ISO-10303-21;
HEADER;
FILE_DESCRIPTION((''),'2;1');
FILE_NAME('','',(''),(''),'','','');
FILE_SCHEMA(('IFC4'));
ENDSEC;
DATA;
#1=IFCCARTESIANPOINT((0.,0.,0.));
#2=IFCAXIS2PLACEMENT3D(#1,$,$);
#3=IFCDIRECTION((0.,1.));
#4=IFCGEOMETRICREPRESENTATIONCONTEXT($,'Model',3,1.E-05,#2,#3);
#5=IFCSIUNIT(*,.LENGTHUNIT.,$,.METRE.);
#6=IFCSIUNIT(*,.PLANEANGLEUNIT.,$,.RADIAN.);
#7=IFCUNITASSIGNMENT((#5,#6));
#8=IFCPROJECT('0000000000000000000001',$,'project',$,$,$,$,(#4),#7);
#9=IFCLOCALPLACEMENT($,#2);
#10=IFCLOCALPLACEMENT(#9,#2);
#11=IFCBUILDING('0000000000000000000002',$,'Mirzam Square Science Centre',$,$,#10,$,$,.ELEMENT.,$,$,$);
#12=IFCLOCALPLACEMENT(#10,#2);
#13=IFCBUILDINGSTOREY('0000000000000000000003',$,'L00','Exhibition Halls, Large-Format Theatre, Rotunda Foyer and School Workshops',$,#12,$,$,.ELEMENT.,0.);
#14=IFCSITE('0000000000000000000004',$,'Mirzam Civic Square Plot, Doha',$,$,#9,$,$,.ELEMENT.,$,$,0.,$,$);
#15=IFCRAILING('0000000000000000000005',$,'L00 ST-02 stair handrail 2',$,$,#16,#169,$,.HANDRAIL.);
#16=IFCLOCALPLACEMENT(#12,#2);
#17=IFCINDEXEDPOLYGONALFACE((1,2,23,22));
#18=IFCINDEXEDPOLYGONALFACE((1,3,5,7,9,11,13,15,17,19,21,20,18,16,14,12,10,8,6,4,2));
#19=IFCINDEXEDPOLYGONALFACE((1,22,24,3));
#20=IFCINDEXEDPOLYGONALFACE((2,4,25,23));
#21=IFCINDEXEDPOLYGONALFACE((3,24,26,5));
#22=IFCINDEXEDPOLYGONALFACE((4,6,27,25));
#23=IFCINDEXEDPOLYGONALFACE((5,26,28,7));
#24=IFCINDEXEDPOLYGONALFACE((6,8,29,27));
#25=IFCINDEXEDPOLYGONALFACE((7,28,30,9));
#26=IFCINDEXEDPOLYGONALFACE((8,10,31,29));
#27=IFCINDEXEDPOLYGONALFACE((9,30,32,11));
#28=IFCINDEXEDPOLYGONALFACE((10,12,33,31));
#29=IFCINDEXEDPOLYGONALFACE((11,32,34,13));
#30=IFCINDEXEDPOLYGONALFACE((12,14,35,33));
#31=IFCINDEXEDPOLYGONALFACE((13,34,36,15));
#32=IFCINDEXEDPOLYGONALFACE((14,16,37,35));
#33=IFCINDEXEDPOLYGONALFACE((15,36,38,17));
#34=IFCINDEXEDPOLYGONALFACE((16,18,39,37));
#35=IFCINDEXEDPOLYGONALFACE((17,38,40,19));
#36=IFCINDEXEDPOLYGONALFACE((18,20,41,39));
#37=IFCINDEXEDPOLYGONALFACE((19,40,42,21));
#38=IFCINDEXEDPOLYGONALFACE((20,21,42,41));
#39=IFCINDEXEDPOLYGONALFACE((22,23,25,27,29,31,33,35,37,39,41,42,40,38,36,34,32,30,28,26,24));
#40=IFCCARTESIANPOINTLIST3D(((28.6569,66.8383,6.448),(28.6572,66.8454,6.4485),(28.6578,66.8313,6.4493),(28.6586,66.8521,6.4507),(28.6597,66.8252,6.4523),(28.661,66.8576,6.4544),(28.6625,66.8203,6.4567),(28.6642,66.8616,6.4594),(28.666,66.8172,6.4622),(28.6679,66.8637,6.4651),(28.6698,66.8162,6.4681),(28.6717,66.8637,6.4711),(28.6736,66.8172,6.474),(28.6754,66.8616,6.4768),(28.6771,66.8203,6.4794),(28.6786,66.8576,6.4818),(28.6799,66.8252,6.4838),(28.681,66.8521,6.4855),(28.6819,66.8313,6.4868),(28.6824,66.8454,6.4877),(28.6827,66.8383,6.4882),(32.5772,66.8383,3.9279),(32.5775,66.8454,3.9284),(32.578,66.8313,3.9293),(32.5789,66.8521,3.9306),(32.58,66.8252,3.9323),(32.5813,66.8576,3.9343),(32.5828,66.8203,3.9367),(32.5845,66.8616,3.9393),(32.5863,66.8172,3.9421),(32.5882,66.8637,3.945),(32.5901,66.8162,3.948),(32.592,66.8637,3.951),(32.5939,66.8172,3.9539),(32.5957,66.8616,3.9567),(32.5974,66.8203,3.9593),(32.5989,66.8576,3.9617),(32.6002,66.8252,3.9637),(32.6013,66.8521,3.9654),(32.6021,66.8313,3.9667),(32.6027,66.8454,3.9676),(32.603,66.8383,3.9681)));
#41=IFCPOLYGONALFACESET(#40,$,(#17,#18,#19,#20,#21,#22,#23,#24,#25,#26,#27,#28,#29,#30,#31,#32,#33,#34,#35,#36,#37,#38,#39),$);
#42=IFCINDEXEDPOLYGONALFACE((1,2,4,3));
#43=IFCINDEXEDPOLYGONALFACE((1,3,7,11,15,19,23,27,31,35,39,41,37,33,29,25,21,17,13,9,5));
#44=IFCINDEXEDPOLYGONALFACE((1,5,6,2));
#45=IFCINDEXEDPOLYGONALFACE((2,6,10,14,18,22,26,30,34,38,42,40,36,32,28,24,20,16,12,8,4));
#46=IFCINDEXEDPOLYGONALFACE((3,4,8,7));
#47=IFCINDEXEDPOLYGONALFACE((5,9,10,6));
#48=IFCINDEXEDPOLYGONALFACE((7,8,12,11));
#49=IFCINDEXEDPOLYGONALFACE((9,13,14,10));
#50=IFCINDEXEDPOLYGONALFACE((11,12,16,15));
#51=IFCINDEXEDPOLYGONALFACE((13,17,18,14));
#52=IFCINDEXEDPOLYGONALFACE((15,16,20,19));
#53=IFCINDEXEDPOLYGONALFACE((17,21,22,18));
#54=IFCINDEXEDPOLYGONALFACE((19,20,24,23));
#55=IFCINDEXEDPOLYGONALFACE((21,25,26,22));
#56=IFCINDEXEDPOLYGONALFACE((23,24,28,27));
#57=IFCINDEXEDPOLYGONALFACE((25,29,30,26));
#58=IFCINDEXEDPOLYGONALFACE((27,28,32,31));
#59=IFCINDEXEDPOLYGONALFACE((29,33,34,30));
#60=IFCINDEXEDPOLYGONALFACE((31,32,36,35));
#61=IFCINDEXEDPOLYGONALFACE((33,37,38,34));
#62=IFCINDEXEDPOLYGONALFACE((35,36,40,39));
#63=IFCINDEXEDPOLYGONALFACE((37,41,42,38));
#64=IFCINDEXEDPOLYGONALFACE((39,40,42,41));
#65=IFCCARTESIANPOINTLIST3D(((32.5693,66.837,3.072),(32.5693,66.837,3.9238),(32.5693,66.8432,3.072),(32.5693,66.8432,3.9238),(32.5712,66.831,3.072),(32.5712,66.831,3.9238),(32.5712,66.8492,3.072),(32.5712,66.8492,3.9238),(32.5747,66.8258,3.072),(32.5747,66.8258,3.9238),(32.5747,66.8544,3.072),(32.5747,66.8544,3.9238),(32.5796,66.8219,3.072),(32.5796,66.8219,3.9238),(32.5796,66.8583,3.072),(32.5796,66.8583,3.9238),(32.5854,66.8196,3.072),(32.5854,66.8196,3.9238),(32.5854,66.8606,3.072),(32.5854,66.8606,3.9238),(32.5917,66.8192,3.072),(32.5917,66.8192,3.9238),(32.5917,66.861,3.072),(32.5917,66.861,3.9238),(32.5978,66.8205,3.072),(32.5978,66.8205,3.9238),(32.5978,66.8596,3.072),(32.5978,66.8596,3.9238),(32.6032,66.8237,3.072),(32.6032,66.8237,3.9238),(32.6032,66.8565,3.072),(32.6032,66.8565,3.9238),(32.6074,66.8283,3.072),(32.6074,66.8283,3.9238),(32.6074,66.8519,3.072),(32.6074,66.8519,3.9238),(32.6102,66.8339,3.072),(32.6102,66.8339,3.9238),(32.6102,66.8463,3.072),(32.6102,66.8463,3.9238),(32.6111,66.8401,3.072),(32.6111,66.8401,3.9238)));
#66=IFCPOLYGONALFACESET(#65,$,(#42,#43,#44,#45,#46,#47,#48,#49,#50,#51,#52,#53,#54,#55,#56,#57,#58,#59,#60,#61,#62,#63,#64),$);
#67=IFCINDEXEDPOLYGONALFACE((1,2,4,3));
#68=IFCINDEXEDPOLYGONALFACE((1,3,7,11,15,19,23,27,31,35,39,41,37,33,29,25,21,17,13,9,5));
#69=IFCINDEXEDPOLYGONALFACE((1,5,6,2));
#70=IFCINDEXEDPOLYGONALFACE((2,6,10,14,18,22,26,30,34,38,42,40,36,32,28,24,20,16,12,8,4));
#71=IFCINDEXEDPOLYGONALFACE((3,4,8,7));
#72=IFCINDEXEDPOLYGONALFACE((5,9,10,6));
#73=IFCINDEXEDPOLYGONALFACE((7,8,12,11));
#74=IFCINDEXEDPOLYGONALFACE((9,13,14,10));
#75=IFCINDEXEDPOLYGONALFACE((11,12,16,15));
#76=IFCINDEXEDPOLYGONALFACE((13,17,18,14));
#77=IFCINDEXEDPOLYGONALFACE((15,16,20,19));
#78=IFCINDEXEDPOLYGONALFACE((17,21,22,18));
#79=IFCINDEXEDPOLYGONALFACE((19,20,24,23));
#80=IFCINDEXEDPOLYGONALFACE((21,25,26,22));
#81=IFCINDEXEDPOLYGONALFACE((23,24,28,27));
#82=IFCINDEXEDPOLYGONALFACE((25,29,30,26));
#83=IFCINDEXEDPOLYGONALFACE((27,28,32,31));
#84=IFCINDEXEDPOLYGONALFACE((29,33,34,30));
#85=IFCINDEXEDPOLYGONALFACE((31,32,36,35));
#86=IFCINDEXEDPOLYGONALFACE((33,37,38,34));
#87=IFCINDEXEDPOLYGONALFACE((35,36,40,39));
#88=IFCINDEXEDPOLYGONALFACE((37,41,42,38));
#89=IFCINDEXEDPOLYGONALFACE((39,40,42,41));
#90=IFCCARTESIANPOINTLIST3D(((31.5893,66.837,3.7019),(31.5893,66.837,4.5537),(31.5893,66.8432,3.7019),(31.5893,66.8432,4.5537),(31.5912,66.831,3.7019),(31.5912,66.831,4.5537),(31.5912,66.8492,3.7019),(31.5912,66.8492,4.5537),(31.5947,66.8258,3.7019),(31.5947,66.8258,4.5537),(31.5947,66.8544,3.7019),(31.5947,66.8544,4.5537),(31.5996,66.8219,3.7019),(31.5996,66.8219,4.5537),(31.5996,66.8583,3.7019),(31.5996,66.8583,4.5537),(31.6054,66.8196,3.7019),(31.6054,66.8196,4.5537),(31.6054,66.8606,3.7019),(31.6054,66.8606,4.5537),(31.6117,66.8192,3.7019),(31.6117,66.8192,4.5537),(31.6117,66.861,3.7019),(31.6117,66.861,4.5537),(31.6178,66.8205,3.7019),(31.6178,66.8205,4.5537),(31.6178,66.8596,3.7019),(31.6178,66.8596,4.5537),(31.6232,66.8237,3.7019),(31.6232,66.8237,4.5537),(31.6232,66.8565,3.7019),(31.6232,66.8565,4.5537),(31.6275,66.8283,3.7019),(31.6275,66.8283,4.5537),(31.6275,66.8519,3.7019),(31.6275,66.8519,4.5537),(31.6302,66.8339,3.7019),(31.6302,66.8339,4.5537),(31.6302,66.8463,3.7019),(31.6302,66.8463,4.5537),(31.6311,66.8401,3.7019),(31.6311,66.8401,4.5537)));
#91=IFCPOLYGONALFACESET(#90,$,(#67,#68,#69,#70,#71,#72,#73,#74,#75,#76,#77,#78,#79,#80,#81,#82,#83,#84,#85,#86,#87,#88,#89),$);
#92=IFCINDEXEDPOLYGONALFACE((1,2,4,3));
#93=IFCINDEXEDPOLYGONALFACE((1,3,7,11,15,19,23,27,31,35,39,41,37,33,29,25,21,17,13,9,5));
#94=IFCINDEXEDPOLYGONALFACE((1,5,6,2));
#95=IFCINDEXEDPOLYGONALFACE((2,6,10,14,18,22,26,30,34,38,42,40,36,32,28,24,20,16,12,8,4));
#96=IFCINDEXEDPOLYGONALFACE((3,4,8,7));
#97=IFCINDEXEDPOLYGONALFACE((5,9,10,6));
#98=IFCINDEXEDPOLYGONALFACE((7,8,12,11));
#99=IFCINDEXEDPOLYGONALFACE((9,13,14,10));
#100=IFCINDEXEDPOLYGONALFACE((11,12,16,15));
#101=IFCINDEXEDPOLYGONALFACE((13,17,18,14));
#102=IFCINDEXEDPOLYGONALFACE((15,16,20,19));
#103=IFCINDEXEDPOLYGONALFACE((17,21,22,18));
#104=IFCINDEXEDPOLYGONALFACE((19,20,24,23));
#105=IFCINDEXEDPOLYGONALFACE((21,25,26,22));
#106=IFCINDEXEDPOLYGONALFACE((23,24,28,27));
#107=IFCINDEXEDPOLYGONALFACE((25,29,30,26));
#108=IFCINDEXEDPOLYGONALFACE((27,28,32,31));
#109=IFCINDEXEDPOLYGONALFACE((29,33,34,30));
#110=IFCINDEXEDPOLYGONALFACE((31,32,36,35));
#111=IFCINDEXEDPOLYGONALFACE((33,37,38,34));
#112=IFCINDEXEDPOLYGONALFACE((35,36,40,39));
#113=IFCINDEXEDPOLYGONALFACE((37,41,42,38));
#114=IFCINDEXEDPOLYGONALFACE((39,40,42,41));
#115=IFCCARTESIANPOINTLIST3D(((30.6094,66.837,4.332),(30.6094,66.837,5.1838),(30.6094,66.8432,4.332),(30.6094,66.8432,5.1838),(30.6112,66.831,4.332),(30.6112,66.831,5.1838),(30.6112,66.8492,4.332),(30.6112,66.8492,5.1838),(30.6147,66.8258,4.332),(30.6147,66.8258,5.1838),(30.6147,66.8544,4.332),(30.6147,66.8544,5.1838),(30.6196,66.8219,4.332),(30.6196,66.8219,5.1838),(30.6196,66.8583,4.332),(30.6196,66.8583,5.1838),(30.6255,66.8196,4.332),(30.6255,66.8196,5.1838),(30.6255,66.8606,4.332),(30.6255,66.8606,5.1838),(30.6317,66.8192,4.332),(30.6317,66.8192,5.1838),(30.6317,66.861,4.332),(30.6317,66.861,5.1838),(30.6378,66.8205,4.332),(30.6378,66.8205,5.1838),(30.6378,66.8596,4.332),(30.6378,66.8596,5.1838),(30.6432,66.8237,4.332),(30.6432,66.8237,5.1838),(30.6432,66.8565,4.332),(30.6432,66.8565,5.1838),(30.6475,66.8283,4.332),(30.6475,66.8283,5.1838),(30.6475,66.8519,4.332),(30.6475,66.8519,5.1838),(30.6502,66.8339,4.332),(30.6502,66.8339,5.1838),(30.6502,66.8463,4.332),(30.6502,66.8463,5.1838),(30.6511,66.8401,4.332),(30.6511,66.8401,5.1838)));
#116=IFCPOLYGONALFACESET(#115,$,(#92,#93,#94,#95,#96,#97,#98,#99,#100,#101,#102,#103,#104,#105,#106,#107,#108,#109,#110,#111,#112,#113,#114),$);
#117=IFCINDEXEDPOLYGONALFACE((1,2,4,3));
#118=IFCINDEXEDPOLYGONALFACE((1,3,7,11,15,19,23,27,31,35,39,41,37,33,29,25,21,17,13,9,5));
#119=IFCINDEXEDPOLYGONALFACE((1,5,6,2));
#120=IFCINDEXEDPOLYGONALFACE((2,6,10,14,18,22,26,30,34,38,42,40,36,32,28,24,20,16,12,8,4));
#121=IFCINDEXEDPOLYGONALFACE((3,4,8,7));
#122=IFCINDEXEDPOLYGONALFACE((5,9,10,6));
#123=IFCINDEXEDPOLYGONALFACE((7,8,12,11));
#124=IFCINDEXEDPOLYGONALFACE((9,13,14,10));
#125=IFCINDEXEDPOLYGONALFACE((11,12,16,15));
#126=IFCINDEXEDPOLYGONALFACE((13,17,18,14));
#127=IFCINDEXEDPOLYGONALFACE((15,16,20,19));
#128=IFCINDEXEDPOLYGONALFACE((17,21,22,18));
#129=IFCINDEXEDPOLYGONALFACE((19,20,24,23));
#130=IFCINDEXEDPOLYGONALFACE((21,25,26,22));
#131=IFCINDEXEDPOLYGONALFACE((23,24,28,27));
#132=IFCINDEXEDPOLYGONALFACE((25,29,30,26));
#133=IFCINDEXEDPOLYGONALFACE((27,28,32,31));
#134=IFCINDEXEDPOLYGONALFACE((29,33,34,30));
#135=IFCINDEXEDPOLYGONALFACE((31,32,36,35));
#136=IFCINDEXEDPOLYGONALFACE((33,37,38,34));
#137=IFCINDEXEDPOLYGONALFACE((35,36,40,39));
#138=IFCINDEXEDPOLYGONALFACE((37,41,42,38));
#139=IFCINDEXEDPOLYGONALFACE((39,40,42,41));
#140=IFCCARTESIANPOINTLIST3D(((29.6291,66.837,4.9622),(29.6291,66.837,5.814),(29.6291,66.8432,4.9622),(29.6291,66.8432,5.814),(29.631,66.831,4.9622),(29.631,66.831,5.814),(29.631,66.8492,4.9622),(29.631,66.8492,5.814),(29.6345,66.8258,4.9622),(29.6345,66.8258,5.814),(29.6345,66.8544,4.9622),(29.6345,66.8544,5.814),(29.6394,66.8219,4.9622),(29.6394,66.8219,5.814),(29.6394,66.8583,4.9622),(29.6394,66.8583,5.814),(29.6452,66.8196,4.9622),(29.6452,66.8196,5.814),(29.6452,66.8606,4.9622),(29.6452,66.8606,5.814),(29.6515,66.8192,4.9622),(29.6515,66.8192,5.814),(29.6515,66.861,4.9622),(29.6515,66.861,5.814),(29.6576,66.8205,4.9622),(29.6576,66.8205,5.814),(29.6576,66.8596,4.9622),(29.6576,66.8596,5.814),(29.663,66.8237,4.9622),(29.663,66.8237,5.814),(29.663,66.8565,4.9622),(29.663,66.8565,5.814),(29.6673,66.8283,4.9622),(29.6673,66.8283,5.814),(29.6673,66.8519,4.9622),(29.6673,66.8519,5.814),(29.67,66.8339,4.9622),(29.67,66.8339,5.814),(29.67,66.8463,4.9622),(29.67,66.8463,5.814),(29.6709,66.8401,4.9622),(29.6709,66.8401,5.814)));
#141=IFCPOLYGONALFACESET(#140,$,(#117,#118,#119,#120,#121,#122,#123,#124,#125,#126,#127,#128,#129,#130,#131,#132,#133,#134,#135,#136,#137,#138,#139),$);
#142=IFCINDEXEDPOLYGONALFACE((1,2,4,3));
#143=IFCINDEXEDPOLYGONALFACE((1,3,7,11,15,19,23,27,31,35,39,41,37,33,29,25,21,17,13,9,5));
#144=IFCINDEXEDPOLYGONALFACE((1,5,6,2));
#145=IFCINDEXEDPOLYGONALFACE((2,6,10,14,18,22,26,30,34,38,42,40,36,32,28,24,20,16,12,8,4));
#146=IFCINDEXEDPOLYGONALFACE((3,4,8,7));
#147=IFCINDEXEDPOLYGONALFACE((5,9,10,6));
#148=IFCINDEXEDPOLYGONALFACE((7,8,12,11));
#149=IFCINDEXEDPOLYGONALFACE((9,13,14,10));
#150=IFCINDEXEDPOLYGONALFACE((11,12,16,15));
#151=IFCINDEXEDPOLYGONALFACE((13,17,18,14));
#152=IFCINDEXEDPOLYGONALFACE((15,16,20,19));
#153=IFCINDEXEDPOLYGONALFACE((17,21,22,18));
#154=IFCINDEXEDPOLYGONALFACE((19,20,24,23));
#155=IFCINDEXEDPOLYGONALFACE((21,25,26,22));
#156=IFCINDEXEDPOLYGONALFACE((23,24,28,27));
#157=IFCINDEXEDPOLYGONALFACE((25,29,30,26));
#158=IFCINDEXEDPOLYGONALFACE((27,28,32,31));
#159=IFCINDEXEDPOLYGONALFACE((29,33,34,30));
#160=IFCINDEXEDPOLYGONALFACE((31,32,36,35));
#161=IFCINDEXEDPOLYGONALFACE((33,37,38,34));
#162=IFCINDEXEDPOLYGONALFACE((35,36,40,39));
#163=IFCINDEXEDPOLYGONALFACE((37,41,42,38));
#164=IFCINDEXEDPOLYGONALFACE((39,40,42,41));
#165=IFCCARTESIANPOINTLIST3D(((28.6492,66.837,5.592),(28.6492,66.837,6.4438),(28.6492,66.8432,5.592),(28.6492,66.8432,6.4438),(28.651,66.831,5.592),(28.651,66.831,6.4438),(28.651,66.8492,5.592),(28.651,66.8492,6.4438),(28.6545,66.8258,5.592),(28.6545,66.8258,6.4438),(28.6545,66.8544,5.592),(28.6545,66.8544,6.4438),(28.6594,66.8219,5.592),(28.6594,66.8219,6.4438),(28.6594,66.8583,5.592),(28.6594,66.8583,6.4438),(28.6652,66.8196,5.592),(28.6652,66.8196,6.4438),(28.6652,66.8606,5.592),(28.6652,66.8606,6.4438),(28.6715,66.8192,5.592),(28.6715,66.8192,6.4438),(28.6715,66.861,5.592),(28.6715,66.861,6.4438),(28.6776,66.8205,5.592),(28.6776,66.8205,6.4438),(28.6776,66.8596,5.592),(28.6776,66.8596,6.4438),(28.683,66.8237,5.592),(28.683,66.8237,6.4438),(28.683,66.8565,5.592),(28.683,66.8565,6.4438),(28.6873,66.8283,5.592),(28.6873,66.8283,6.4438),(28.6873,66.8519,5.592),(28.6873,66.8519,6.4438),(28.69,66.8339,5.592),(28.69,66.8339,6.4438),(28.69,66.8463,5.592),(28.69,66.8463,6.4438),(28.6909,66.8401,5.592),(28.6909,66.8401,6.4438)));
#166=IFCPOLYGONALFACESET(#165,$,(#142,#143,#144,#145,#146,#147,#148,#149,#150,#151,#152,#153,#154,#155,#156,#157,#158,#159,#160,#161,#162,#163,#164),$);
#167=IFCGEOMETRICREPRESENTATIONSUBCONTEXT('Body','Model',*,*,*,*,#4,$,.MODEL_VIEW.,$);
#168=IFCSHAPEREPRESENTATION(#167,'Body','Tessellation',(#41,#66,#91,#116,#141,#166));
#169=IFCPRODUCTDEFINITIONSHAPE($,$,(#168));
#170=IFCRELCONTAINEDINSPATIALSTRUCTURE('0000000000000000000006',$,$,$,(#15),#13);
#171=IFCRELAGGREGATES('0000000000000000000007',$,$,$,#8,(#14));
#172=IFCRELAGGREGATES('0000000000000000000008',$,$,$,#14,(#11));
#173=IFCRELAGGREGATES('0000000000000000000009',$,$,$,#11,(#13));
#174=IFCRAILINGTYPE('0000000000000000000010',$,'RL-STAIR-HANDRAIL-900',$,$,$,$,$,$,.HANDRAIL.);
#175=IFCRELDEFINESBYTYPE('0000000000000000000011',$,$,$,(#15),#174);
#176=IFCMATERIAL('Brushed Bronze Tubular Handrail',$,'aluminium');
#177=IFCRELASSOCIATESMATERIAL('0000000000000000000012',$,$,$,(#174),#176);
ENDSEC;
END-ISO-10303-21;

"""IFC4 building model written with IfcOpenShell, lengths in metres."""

from ifc_helpers import new_model, si_unit, direction, frame, origin, origin_2d, place, context, subcontext, project, spatial, circle, extrude, material, type_object, element, save


model = new_model("IFC4")

# Units and contexts
model_context = context("Model", 3, precision=1e-05, world=origin(), true_north=direction((0.0, 1.0)))
body_context = subcontext(model_context, "Body", "Model", "MODEL_VIEW")
ifc_project = project(units=[si_unit("LENGTHUNIT", "METRE"), si_unit("PLANEANGLEUNIT", "RADIAN")], contexts=[model_context])

# Site, building, storey
site_placement = place(None, origin())
site = spatial("IfcSite", under=ifc_project, at=site_placement, Name="Mirzam Civic Square Plot, Doha", CompositionType="ELEMENT", RefElevation=0.0)
building_placement = place(site_placement, origin())
building = spatial("IfcBuilding", under=site, at=building_placement, Name="Mirzam Square Science Centre", CompositionType="ELEMENT")
storey_placement = place(building_placement, origin())
storey = spatial("IfcBuildingStorey", under=building, at=storey_placement, Name="L00", Description="Exhibition Halls, Large-Format Theatre, Rotunda Foyer and School Workshops", CompositionType="ELEMENT", Elevation=0.0)

# Railing
ifc_material_1 = material(Name="Brushed Bronze Tubular Handrail", Category="aluminium")
railing_type_1 = type_object("IfcRailingType", Name="RL-STAIR-HANDRAIL-900", PredefinedType="HANDRAIL", material=ifc_material_1)
railing_1_placement = place(storey_placement, frame((32.5901, 66.8401, 3.072)))
element("IfcRailing", 1, at=railing_1_placement, inside=storey, type_object=railing_type_1, Name="L00 ST-02 stair handrail 2", PredefinedType="HANDRAIL", context=body_context, shape_type="SweptSolid", body=[
    extrude(circle(Radius=0.0239, at=origin_2d()), frame((0.0, 0.0, 0.876), z_axis=(-0.841187, 0.0, 0.540744), x_axis=(0.0, -1.0, 0.0)), (0.0, 0.0, 1.0), 4.6604),
    extrude(circle(Radius=0.021, at=origin_2d()), origin(), (0.0, 0.0, 1.0), 0.8518),
    extrude(circle(Radius=0.021, at=origin_2d()), frame((-0.98, 0.0, 0.6299)), (0.0, 0.0, 1.0), 0.8518),
    extrude(circle(Radius=0.021, at=origin_2d()), frame((-1.96, 0.0, 1.26)), (0.0, 0.0, 1.0), 0.8518),
    extrude(circle(Radius=0.021, at=origin_2d()), frame((-2.9402, 0.0, 1.8901)), (0.0, 0.0, 1.0), 0.8518),
    extrude(circle(Radius=0.021, at=origin_2d()), frame((-3.9202, 0.0, 2.52)), (0.0, 0.0, 1.0), 0.8518),
])

save(model, "model.ifc")
